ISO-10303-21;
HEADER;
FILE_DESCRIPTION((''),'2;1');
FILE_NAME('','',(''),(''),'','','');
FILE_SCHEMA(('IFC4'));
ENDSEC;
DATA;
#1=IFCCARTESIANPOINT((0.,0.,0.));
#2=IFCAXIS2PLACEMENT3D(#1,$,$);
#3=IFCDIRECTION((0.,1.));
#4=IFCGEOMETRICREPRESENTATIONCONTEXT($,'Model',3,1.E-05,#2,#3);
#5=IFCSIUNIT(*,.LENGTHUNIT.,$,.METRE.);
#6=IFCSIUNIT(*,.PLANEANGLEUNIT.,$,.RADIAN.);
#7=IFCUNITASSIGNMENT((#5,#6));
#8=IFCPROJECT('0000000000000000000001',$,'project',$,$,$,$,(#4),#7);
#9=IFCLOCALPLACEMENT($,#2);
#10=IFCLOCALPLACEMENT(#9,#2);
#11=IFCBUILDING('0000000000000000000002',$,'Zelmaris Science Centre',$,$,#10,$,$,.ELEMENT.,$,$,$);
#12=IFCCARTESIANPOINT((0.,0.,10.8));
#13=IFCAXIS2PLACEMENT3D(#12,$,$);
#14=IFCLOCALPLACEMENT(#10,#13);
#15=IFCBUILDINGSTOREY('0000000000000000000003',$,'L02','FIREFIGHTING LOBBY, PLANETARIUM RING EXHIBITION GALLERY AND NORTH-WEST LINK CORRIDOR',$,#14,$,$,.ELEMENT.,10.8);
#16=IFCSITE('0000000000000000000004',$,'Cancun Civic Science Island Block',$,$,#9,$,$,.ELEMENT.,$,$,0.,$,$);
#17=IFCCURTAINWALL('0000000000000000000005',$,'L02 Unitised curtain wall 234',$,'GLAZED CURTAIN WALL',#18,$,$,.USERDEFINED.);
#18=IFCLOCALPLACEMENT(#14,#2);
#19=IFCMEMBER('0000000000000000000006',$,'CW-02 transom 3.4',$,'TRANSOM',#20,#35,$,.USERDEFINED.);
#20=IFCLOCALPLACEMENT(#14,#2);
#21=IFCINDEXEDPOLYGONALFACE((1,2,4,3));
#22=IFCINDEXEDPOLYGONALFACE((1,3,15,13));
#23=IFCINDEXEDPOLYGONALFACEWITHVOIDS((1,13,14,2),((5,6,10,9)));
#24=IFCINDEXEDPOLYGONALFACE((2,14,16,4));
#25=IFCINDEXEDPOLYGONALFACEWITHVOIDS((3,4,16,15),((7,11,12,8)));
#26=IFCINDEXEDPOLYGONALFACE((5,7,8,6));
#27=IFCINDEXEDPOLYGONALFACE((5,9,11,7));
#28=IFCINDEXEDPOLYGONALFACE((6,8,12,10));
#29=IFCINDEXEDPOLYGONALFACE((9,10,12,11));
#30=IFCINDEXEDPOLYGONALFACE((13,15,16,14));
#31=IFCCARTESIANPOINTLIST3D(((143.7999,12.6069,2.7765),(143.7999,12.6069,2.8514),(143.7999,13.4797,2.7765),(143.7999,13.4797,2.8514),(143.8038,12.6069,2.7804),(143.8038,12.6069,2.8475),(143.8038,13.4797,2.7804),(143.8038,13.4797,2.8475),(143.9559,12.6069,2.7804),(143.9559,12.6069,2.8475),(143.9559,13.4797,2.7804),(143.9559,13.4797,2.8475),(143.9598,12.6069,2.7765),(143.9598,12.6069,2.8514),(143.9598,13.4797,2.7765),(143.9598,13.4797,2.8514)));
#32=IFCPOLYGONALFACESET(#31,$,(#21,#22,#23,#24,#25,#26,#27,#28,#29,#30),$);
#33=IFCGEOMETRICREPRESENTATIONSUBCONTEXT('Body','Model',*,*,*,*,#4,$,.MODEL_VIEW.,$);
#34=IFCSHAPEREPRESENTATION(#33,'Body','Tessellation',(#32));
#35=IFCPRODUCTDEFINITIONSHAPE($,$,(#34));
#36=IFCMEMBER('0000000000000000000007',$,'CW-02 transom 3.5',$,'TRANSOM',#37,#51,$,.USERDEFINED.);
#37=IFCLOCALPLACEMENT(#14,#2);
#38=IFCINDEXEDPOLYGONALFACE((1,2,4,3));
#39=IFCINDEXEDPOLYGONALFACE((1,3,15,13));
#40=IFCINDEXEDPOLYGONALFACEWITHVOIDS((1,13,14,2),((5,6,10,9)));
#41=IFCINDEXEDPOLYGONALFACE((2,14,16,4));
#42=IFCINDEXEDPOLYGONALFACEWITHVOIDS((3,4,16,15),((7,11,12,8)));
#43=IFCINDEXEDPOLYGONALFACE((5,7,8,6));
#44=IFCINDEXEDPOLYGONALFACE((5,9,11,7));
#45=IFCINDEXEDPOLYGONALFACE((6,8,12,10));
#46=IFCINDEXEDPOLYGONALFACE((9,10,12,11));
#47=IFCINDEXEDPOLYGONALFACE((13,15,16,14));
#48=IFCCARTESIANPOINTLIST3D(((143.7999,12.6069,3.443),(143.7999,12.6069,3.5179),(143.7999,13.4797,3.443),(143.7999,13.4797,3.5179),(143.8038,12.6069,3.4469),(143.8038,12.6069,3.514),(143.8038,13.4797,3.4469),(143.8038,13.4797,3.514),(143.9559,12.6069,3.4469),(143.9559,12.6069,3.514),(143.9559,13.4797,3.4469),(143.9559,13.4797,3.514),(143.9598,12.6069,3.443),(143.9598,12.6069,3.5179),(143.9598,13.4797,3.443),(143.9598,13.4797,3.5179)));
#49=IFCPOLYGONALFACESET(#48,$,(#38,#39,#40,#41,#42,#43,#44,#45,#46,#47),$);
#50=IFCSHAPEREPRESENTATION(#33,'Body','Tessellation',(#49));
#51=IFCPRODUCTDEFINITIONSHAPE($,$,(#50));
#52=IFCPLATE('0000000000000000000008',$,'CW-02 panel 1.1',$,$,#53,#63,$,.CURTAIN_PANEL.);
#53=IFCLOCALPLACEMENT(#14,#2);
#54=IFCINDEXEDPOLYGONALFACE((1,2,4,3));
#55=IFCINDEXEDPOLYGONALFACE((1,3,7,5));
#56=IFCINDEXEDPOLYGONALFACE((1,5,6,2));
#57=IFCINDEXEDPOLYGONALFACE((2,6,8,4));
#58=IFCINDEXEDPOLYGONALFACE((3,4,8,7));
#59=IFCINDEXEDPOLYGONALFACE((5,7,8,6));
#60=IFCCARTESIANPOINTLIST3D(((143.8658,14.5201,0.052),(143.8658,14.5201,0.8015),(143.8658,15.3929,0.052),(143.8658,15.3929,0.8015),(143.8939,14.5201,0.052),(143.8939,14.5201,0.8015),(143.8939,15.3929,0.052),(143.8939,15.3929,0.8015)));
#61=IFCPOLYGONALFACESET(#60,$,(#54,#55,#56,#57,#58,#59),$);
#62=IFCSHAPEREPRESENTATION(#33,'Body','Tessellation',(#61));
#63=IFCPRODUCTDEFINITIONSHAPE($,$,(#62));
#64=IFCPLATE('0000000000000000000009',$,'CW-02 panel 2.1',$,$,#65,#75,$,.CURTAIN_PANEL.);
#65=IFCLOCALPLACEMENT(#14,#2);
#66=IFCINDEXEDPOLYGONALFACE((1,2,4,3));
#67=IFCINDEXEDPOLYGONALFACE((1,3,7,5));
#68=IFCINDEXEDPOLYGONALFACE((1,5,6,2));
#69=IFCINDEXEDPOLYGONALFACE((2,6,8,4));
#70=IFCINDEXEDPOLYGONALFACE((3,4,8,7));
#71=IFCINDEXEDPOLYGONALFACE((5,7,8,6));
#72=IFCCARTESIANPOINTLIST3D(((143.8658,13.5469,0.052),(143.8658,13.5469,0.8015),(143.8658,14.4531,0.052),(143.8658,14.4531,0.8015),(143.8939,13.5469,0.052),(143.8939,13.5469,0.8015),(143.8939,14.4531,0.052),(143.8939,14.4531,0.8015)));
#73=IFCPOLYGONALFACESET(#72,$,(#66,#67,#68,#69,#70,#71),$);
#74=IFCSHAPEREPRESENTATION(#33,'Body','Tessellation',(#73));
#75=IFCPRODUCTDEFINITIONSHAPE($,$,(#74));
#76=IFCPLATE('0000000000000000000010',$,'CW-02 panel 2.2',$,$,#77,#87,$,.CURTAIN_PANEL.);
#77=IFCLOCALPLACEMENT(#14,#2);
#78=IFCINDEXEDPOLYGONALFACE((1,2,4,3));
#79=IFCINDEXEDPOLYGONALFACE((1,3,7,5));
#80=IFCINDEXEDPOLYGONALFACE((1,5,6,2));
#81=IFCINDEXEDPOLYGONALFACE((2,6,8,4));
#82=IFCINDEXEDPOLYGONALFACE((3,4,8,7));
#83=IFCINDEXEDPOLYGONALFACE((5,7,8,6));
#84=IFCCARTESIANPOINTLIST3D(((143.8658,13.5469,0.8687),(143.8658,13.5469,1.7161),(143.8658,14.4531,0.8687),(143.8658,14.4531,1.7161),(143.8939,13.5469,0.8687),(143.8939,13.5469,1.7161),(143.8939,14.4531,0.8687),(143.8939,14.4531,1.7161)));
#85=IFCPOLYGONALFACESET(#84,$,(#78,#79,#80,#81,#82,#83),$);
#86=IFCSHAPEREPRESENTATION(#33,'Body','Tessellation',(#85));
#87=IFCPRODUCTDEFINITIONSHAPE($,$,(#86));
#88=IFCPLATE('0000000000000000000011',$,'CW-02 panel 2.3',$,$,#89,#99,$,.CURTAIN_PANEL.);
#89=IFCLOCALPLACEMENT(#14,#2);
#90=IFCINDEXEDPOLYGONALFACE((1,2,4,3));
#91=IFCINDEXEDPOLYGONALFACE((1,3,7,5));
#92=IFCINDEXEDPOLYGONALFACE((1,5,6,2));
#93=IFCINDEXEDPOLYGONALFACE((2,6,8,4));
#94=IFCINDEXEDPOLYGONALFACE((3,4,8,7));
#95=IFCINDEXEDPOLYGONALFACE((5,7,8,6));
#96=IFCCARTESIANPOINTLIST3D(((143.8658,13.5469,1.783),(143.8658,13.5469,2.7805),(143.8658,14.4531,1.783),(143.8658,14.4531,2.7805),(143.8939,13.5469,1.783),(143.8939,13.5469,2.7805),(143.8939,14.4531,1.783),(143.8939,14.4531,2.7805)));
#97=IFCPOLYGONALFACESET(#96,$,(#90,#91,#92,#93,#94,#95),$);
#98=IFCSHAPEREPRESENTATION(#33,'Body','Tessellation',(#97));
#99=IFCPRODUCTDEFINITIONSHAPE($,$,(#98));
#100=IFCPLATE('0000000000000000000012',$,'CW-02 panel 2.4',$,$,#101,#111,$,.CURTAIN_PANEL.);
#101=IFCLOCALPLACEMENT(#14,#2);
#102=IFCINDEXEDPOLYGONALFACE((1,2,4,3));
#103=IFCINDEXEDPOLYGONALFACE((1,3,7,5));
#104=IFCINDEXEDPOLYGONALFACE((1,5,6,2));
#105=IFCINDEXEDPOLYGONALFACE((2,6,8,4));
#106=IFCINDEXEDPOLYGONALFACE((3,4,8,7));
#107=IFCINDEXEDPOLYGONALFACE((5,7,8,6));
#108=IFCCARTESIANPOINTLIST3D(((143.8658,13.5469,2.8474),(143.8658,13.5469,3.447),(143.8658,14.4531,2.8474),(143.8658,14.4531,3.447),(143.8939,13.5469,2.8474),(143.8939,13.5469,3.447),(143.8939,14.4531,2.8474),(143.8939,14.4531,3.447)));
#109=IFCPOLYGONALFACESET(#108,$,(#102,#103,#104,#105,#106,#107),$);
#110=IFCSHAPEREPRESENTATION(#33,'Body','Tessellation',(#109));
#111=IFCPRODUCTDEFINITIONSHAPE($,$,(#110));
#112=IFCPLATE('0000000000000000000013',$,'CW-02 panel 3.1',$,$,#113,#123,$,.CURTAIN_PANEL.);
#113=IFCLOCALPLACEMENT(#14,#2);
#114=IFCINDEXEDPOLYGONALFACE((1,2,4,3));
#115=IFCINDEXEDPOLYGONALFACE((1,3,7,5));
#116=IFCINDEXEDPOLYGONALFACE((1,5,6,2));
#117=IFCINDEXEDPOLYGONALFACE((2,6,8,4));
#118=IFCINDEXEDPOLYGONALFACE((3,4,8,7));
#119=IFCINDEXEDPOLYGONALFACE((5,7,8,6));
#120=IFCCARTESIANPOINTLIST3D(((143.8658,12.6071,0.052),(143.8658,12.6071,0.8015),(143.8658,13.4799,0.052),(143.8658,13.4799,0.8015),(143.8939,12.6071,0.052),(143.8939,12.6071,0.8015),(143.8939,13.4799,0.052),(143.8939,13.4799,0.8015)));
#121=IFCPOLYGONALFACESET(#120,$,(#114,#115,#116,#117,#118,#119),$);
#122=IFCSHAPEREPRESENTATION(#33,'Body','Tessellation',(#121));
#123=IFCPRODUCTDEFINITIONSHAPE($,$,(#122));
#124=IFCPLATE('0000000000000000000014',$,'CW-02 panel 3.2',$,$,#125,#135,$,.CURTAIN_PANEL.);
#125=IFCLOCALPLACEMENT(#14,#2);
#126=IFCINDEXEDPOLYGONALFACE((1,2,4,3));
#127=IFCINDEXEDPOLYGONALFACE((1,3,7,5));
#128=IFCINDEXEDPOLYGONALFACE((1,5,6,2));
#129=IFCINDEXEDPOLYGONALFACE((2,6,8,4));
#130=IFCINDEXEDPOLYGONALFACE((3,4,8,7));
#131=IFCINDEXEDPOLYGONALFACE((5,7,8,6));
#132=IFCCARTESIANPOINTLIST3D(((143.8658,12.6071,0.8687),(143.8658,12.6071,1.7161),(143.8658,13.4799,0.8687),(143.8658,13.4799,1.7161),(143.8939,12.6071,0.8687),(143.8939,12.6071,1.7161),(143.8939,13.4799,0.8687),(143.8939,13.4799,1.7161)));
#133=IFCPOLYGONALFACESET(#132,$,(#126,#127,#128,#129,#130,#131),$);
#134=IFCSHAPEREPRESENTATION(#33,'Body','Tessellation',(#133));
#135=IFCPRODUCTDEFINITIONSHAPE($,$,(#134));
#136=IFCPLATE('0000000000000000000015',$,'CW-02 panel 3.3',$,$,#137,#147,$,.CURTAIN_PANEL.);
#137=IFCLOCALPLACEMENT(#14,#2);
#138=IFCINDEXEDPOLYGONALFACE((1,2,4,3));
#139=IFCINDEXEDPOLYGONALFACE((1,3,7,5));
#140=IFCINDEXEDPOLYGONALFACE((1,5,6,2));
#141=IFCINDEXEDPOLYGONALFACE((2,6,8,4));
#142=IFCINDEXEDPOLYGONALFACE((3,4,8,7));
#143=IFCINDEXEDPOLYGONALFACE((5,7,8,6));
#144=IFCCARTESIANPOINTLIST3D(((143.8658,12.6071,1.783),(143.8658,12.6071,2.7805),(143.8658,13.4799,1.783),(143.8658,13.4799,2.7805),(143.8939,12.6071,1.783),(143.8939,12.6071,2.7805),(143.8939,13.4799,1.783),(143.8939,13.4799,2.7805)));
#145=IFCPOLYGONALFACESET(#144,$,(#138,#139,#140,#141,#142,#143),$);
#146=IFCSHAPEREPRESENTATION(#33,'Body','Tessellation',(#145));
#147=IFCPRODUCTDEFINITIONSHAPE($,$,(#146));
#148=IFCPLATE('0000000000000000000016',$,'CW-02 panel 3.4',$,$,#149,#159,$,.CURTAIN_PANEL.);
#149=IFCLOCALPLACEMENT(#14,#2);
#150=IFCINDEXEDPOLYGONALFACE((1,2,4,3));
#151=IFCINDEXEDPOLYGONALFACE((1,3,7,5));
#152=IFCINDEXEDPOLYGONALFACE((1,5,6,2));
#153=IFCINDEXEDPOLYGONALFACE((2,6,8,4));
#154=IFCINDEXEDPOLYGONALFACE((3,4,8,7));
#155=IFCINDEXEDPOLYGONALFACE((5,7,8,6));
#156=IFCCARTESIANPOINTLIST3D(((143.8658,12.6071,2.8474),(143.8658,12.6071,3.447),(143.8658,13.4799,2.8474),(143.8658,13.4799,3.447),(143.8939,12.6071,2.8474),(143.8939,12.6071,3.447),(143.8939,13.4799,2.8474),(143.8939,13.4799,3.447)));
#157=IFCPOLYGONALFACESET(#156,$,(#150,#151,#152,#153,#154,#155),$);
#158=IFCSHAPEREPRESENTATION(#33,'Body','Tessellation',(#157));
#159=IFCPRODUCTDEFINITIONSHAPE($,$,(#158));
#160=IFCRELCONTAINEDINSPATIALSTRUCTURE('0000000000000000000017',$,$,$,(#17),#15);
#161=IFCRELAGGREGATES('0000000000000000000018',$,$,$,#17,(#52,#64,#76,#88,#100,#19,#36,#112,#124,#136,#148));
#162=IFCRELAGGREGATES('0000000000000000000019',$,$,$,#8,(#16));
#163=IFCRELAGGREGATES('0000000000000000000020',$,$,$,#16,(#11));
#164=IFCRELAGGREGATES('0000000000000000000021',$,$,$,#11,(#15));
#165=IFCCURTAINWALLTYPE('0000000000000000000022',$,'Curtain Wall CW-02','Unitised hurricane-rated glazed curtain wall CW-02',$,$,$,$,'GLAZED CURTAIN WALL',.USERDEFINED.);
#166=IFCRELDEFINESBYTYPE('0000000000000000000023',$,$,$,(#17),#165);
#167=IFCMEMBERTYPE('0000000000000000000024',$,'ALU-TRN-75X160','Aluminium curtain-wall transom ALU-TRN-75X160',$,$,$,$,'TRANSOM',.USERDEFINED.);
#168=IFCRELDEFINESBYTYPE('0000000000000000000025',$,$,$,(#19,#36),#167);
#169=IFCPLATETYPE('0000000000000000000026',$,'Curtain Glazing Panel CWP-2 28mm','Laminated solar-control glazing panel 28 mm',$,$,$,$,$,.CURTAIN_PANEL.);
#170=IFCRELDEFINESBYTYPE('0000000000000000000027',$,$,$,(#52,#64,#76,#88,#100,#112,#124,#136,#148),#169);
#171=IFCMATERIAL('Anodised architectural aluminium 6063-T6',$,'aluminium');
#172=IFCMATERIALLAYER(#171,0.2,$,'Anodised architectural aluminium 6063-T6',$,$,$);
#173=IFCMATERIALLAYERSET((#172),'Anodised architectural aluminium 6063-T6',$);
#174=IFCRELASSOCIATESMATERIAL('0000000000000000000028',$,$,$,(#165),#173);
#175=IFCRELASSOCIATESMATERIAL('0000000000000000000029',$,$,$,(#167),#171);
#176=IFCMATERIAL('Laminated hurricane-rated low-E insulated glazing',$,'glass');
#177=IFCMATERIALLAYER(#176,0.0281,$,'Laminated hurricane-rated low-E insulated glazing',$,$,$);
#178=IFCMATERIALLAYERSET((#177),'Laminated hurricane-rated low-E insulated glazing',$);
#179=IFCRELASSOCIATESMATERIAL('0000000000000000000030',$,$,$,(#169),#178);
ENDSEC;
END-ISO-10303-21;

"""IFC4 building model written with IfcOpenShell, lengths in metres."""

from ifc_helpers import new_model, si_unit, direction, frame, origin, origin_2d, place, context, subcontext, project, spatial, rectangle, hollow_rectangle, extrude, material, layer, layer_set, material_profile, profile_set, type_object, element, aggregate, save


model = new_model("IFC4")

# Units and contexts
model_context = context("Model", 3, precision=1e-05, world=origin(), true_north=direction((0.0, 1.0)))
body_context = subcontext(model_context, "Body", "Model", "MODEL_VIEW")
ifc_project = project(units=[si_unit("LENGTHUNIT", "METRE"), si_unit("PLANEANGLEUNIT", "RADIAN")], contexts=[model_context])

# Site, building, storey
site_placement = place(None, origin())
site = spatial("IfcSite", under=ifc_project, at=site_placement, Name="Cancun Civic Science Island Block", CompositionType="ELEMENT", RefElevation=0.0)
building_placement = place(site_placement, origin())
building = spatial("IfcBuilding", under=site, at=building_placement, Name="Zelmaris Science Centre", CompositionType="ELEMENT")
storey_placement = place(building_placement, frame((0.0, 0.0, 10.8)))
storey = spatial("IfcBuildingStorey", under=building, at=storey_placement, Name="L02", Description="FIREFIGHTING LOBBY, PLANETARIUM RING EXHIBITION GALLERY AND NORTH-WEST LINK CORRIDOR", CompositionType="ELEMENT", Elevation=10.8)

# Curtain wall, members, plates
ifc_material_1 = material(Name="Anodised architectural aluminium 6063-T6", Category="aluminium")
ifc_layer_1 = layer(ifc_material_1, 0.2, Name="Anodised architectural aluminium 6063-T6")
ifc_layer_set_1 = layer_set([ifc_layer_1], Name="Anodised architectural aluminium 6063-T6")
curtain_wall_type = type_object("IfcCurtainWallType", Name="Curtain Wall CW-02", Description="Unitised hurricane-rated glazed curtain wall CW-02", ElementType="GLAZED CURTAIN WALL", PredefinedType="USERDEFINED", material=ifc_layer_set_1)
curtain_wall_placement = place(storey_placement, origin())
curtain_wall = element("IfcCurtainWall", 1, at=curtain_wall_placement, inside=storey, type_object=curtain_wall_type, Name="L02 Unitised curtain wall 234", ObjectType="GLAZED CURTAIN WALL", PredefinedType="USERDEFINED")
ifc_material_profile_1 = material_profile(ifc_material_1, hollow_rectangle(XDim=0.075, YDim=0.1599, WallThickness=0.0039, at=origin_2d()), Name="ALU-TRN-75X160")
ifc_profile_set_1 = profile_set([ifc_material_profile_1], Name="Anodised architectural aluminium 6063-T6")
member_type_1 = type_object("IfcMemberType", Name="ALU-TRN-75X160", Description="Aluminium curtain-wall transom ALU-TRN-75X160", ElementType="TRANSOM", PredefinedType="USERDEFINED", material=ifc_profile_set_1)
member_1_placement = place(storey_placement, frame((143.8799, 13.4797, 2.814), z_axis=(0.0, -1.0, 0.0), x_axis=(0.0, 0.0, 1.0)))
member_1 = element("IfcMember", 2, at=member_1_placement, type_object=member_type_1, Name="CW-02 transom 3.4", ObjectType="TRANSOM", PredefinedType="USERDEFINED", context=body_context, shape_type="SweptSolid", body=[
    extrude(hollow_rectangle(XDim=0.075, YDim=0.1599, WallThickness=0.0039, at=origin_2d()), origin(), (0.0, 0.0, 1.0), 0.8728),
])
member_2_placement = place(storey_placement, frame((143.8799, 13.4797, 3.4805), z_axis=(0.0, -1.0, 0.0), x_axis=(0.0, 0.0, 1.0)))
member_2 = element("IfcMember", 3, at=member_2_placement, type_object=member_type_1, Name="CW-02 transom 3.5", ObjectType="TRANSOM", PredefinedType="USERDEFINED", context=body_context, shape_type="SweptSolid", body=[
    extrude(hollow_rectangle(XDim=0.075, YDim=0.1599, WallThickness=0.0039, at=origin_2d()), origin(), (0.0, 0.0, 1.0), 0.8728),
])
ifc_material_2 = material(Name="Laminated hurricane-rated low-E insulated glazing", Category="glass")
ifc_layer_2 = layer(ifc_material_2, 0.0281, Name="Laminated hurricane-rated low-E insulated glazing")
ifc_layer_set_2 = layer_set([ifc_layer_2], Name="Laminated hurricane-rated low-E insulated glazing")
plate_type = type_object("IfcPlateType", Name="Curtain Glazing Panel CWP-2 28mm", Description="Laminated solar-control glazing panel 28 mm", PredefinedType="CURTAIN_PANEL", material=ifc_layer_set_2)
plate_1_placement = place(storey_placement, frame((143.8799, 14.9565, 0.052), z_axis=(0.0, 0.0, 1.0), x_axis=(0.0, -1.0, 0.0)))
plate_1 = element("IfcPlate", 4, at=plate_1_placement, type_object=plate_type, Name="CW-02 panel 1.1", PredefinedType="CURTAIN_PANEL", context=body_context, shape_type="SweptSolid", body=[
    extrude(rectangle(XDim=0.8728, YDim=0.0281, at=origin_2d()), origin(), (0.0, 0.0, 1.0), 0.7495),
])
plate_2_placement = place(storey_placement, frame((143.8799, 14.0, 0.052), z_axis=(0.0, 0.0, 1.0), x_axis=(0.0, -1.0, 0.0)))
plate_2 = element("IfcPlate", 5, at=plate_2_placement, type_object=plate_type, Name="CW-02 panel 2.1", PredefinedType="CURTAIN_PANEL", context=body_context, shape_type="SweptSolid", body=[
    extrude(rectangle(XDim=0.9062, YDim=0.0281, at=origin_2d()), origin(), (0.0, 0.0, 1.0), 0.7495),
])
plate_3_placement = place(storey_placement, frame((143.8799, 14.0, 0.8687), z_axis=(0.0, 0.0, 1.0), x_axis=(0.0, -1.0, 0.0)))
plate_3 = element("IfcPlate", 6, at=plate_3_placement, type_object=plate_type, Name="CW-02 panel 2.2", PredefinedType="CURTAIN_PANEL", context=body_context, shape_type="SweptSolid", body=[
    extrude(rectangle(XDim=0.9062, YDim=0.0281, at=origin_2d()), origin(), (0.0, 0.0, 1.0), 0.8474),
])
plate_4_placement = place(storey_placement, frame((143.8799, 14.0, 1.783), z_axis=(0.0, 0.0, 1.0), x_axis=(0.0, -1.0, 0.0)))
plate_4 = element("IfcPlate", 7, at=plate_4_placement, type_object=plate_type, Name="CW-02 panel 2.3", PredefinedType="CURTAIN_PANEL", context=body_context, shape_type="SweptSolid", body=[
    extrude(rectangle(XDim=0.9062, YDim=0.0281, at=origin_2d()), origin(), (0.0, 0.0, 1.0), 0.9976),
])
plate_5_placement = place(storey_placement, frame((143.8799, 14.0, 2.8474), z_axis=(0.0, 0.0, 1.0), x_axis=(0.0, -1.0, 0.0)))
plate_5 = element("IfcPlate", 8, at=plate_5_placement, type_object=plate_type, Name="CW-02 panel 2.4", PredefinedType="CURTAIN_PANEL", context=body_context, shape_type="SweptSolid", body=[
    extrude(rectangle(XDim=0.9062, YDim=0.0281, at=origin_2d()), origin(), (0.0, 0.0, 1.0), 0.5996),
])
plate_6_placement = place(storey_placement, frame((143.8799, 13.0435, 0.052), z_axis=(0.0, 0.0, 1.0), x_axis=(0.0, -1.0, 0.0)))
plate_6 = element("IfcPlate", 9, at=plate_6_placement, type_object=plate_type, Name="CW-02 panel 3.1", PredefinedType="CURTAIN_PANEL", context=body_context, shape_type="SweptSolid", body=[
    extrude(rectangle(XDim=0.8728, YDim=0.0281, at=origin_2d()), origin(), (0.0, 0.0, 1.0), 0.7495),
])
plate_7_placement = place(storey_placement, frame((143.8799, 13.0435, 0.8687), z_axis=(0.0, 0.0, 1.0), x_axis=(0.0, -1.0, 0.0)))
plate_7 = element("IfcPlate", 10, at=plate_7_placement, type_object=plate_type, Name="CW-02 panel 3.2", PredefinedType="CURTAIN_PANEL", context=body_context, shape_type="SweptSolid", body=[
    extrude(rectangle(XDim=0.8728, YDim=0.0281, at=origin_2d()), origin(), (0.0, 0.0, 1.0), 0.8474),
])
plate_8_placement = place(storey_placement, frame((143.8799, 13.0435, 1.783), z_axis=(0.0, 0.0, 1.0), x_axis=(0.0, -1.0, 0.0)))
plate_8 = element("IfcPlate", 11, at=plate_8_placement, type_object=plate_type, Name="CW-02 panel 3.3", PredefinedType="CURTAIN_PANEL", context=body_context, shape_type="SweptSolid", body=[
    extrude(rectangle(XDim=0.8728, YDim=0.0281, at=origin_2d()), origin(), (0.0, 0.0, 1.0), 0.9976),
])
plate_9_placement = place(storey_placement, frame((143.8799, 13.0435, 2.8474), z_axis=(0.0, 0.0, 1.0), x_axis=(0.0, -1.0, 0.0)))
plate_9 = element("IfcPlate", 12, at=plate_9_placement, type_object=plate_type, Name="CW-02 panel 3.4", PredefinedType="CURTAIN_PANEL", context=body_context, shape_type="SweptSolid", body=[
    extrude(rectangle(XDim=0.8728, YDim=0.0281, at=origin_2d()), origin(), (0.0, 0.0, 1.0), 0.5996),
])
aggregate(curtain_wall, [plate_1, plate_2, plate_3, plate_4, plate_5, member_1, member_2, plate_6, plate_7, plate_8, plate_9])

save(model, "model.ifc")
